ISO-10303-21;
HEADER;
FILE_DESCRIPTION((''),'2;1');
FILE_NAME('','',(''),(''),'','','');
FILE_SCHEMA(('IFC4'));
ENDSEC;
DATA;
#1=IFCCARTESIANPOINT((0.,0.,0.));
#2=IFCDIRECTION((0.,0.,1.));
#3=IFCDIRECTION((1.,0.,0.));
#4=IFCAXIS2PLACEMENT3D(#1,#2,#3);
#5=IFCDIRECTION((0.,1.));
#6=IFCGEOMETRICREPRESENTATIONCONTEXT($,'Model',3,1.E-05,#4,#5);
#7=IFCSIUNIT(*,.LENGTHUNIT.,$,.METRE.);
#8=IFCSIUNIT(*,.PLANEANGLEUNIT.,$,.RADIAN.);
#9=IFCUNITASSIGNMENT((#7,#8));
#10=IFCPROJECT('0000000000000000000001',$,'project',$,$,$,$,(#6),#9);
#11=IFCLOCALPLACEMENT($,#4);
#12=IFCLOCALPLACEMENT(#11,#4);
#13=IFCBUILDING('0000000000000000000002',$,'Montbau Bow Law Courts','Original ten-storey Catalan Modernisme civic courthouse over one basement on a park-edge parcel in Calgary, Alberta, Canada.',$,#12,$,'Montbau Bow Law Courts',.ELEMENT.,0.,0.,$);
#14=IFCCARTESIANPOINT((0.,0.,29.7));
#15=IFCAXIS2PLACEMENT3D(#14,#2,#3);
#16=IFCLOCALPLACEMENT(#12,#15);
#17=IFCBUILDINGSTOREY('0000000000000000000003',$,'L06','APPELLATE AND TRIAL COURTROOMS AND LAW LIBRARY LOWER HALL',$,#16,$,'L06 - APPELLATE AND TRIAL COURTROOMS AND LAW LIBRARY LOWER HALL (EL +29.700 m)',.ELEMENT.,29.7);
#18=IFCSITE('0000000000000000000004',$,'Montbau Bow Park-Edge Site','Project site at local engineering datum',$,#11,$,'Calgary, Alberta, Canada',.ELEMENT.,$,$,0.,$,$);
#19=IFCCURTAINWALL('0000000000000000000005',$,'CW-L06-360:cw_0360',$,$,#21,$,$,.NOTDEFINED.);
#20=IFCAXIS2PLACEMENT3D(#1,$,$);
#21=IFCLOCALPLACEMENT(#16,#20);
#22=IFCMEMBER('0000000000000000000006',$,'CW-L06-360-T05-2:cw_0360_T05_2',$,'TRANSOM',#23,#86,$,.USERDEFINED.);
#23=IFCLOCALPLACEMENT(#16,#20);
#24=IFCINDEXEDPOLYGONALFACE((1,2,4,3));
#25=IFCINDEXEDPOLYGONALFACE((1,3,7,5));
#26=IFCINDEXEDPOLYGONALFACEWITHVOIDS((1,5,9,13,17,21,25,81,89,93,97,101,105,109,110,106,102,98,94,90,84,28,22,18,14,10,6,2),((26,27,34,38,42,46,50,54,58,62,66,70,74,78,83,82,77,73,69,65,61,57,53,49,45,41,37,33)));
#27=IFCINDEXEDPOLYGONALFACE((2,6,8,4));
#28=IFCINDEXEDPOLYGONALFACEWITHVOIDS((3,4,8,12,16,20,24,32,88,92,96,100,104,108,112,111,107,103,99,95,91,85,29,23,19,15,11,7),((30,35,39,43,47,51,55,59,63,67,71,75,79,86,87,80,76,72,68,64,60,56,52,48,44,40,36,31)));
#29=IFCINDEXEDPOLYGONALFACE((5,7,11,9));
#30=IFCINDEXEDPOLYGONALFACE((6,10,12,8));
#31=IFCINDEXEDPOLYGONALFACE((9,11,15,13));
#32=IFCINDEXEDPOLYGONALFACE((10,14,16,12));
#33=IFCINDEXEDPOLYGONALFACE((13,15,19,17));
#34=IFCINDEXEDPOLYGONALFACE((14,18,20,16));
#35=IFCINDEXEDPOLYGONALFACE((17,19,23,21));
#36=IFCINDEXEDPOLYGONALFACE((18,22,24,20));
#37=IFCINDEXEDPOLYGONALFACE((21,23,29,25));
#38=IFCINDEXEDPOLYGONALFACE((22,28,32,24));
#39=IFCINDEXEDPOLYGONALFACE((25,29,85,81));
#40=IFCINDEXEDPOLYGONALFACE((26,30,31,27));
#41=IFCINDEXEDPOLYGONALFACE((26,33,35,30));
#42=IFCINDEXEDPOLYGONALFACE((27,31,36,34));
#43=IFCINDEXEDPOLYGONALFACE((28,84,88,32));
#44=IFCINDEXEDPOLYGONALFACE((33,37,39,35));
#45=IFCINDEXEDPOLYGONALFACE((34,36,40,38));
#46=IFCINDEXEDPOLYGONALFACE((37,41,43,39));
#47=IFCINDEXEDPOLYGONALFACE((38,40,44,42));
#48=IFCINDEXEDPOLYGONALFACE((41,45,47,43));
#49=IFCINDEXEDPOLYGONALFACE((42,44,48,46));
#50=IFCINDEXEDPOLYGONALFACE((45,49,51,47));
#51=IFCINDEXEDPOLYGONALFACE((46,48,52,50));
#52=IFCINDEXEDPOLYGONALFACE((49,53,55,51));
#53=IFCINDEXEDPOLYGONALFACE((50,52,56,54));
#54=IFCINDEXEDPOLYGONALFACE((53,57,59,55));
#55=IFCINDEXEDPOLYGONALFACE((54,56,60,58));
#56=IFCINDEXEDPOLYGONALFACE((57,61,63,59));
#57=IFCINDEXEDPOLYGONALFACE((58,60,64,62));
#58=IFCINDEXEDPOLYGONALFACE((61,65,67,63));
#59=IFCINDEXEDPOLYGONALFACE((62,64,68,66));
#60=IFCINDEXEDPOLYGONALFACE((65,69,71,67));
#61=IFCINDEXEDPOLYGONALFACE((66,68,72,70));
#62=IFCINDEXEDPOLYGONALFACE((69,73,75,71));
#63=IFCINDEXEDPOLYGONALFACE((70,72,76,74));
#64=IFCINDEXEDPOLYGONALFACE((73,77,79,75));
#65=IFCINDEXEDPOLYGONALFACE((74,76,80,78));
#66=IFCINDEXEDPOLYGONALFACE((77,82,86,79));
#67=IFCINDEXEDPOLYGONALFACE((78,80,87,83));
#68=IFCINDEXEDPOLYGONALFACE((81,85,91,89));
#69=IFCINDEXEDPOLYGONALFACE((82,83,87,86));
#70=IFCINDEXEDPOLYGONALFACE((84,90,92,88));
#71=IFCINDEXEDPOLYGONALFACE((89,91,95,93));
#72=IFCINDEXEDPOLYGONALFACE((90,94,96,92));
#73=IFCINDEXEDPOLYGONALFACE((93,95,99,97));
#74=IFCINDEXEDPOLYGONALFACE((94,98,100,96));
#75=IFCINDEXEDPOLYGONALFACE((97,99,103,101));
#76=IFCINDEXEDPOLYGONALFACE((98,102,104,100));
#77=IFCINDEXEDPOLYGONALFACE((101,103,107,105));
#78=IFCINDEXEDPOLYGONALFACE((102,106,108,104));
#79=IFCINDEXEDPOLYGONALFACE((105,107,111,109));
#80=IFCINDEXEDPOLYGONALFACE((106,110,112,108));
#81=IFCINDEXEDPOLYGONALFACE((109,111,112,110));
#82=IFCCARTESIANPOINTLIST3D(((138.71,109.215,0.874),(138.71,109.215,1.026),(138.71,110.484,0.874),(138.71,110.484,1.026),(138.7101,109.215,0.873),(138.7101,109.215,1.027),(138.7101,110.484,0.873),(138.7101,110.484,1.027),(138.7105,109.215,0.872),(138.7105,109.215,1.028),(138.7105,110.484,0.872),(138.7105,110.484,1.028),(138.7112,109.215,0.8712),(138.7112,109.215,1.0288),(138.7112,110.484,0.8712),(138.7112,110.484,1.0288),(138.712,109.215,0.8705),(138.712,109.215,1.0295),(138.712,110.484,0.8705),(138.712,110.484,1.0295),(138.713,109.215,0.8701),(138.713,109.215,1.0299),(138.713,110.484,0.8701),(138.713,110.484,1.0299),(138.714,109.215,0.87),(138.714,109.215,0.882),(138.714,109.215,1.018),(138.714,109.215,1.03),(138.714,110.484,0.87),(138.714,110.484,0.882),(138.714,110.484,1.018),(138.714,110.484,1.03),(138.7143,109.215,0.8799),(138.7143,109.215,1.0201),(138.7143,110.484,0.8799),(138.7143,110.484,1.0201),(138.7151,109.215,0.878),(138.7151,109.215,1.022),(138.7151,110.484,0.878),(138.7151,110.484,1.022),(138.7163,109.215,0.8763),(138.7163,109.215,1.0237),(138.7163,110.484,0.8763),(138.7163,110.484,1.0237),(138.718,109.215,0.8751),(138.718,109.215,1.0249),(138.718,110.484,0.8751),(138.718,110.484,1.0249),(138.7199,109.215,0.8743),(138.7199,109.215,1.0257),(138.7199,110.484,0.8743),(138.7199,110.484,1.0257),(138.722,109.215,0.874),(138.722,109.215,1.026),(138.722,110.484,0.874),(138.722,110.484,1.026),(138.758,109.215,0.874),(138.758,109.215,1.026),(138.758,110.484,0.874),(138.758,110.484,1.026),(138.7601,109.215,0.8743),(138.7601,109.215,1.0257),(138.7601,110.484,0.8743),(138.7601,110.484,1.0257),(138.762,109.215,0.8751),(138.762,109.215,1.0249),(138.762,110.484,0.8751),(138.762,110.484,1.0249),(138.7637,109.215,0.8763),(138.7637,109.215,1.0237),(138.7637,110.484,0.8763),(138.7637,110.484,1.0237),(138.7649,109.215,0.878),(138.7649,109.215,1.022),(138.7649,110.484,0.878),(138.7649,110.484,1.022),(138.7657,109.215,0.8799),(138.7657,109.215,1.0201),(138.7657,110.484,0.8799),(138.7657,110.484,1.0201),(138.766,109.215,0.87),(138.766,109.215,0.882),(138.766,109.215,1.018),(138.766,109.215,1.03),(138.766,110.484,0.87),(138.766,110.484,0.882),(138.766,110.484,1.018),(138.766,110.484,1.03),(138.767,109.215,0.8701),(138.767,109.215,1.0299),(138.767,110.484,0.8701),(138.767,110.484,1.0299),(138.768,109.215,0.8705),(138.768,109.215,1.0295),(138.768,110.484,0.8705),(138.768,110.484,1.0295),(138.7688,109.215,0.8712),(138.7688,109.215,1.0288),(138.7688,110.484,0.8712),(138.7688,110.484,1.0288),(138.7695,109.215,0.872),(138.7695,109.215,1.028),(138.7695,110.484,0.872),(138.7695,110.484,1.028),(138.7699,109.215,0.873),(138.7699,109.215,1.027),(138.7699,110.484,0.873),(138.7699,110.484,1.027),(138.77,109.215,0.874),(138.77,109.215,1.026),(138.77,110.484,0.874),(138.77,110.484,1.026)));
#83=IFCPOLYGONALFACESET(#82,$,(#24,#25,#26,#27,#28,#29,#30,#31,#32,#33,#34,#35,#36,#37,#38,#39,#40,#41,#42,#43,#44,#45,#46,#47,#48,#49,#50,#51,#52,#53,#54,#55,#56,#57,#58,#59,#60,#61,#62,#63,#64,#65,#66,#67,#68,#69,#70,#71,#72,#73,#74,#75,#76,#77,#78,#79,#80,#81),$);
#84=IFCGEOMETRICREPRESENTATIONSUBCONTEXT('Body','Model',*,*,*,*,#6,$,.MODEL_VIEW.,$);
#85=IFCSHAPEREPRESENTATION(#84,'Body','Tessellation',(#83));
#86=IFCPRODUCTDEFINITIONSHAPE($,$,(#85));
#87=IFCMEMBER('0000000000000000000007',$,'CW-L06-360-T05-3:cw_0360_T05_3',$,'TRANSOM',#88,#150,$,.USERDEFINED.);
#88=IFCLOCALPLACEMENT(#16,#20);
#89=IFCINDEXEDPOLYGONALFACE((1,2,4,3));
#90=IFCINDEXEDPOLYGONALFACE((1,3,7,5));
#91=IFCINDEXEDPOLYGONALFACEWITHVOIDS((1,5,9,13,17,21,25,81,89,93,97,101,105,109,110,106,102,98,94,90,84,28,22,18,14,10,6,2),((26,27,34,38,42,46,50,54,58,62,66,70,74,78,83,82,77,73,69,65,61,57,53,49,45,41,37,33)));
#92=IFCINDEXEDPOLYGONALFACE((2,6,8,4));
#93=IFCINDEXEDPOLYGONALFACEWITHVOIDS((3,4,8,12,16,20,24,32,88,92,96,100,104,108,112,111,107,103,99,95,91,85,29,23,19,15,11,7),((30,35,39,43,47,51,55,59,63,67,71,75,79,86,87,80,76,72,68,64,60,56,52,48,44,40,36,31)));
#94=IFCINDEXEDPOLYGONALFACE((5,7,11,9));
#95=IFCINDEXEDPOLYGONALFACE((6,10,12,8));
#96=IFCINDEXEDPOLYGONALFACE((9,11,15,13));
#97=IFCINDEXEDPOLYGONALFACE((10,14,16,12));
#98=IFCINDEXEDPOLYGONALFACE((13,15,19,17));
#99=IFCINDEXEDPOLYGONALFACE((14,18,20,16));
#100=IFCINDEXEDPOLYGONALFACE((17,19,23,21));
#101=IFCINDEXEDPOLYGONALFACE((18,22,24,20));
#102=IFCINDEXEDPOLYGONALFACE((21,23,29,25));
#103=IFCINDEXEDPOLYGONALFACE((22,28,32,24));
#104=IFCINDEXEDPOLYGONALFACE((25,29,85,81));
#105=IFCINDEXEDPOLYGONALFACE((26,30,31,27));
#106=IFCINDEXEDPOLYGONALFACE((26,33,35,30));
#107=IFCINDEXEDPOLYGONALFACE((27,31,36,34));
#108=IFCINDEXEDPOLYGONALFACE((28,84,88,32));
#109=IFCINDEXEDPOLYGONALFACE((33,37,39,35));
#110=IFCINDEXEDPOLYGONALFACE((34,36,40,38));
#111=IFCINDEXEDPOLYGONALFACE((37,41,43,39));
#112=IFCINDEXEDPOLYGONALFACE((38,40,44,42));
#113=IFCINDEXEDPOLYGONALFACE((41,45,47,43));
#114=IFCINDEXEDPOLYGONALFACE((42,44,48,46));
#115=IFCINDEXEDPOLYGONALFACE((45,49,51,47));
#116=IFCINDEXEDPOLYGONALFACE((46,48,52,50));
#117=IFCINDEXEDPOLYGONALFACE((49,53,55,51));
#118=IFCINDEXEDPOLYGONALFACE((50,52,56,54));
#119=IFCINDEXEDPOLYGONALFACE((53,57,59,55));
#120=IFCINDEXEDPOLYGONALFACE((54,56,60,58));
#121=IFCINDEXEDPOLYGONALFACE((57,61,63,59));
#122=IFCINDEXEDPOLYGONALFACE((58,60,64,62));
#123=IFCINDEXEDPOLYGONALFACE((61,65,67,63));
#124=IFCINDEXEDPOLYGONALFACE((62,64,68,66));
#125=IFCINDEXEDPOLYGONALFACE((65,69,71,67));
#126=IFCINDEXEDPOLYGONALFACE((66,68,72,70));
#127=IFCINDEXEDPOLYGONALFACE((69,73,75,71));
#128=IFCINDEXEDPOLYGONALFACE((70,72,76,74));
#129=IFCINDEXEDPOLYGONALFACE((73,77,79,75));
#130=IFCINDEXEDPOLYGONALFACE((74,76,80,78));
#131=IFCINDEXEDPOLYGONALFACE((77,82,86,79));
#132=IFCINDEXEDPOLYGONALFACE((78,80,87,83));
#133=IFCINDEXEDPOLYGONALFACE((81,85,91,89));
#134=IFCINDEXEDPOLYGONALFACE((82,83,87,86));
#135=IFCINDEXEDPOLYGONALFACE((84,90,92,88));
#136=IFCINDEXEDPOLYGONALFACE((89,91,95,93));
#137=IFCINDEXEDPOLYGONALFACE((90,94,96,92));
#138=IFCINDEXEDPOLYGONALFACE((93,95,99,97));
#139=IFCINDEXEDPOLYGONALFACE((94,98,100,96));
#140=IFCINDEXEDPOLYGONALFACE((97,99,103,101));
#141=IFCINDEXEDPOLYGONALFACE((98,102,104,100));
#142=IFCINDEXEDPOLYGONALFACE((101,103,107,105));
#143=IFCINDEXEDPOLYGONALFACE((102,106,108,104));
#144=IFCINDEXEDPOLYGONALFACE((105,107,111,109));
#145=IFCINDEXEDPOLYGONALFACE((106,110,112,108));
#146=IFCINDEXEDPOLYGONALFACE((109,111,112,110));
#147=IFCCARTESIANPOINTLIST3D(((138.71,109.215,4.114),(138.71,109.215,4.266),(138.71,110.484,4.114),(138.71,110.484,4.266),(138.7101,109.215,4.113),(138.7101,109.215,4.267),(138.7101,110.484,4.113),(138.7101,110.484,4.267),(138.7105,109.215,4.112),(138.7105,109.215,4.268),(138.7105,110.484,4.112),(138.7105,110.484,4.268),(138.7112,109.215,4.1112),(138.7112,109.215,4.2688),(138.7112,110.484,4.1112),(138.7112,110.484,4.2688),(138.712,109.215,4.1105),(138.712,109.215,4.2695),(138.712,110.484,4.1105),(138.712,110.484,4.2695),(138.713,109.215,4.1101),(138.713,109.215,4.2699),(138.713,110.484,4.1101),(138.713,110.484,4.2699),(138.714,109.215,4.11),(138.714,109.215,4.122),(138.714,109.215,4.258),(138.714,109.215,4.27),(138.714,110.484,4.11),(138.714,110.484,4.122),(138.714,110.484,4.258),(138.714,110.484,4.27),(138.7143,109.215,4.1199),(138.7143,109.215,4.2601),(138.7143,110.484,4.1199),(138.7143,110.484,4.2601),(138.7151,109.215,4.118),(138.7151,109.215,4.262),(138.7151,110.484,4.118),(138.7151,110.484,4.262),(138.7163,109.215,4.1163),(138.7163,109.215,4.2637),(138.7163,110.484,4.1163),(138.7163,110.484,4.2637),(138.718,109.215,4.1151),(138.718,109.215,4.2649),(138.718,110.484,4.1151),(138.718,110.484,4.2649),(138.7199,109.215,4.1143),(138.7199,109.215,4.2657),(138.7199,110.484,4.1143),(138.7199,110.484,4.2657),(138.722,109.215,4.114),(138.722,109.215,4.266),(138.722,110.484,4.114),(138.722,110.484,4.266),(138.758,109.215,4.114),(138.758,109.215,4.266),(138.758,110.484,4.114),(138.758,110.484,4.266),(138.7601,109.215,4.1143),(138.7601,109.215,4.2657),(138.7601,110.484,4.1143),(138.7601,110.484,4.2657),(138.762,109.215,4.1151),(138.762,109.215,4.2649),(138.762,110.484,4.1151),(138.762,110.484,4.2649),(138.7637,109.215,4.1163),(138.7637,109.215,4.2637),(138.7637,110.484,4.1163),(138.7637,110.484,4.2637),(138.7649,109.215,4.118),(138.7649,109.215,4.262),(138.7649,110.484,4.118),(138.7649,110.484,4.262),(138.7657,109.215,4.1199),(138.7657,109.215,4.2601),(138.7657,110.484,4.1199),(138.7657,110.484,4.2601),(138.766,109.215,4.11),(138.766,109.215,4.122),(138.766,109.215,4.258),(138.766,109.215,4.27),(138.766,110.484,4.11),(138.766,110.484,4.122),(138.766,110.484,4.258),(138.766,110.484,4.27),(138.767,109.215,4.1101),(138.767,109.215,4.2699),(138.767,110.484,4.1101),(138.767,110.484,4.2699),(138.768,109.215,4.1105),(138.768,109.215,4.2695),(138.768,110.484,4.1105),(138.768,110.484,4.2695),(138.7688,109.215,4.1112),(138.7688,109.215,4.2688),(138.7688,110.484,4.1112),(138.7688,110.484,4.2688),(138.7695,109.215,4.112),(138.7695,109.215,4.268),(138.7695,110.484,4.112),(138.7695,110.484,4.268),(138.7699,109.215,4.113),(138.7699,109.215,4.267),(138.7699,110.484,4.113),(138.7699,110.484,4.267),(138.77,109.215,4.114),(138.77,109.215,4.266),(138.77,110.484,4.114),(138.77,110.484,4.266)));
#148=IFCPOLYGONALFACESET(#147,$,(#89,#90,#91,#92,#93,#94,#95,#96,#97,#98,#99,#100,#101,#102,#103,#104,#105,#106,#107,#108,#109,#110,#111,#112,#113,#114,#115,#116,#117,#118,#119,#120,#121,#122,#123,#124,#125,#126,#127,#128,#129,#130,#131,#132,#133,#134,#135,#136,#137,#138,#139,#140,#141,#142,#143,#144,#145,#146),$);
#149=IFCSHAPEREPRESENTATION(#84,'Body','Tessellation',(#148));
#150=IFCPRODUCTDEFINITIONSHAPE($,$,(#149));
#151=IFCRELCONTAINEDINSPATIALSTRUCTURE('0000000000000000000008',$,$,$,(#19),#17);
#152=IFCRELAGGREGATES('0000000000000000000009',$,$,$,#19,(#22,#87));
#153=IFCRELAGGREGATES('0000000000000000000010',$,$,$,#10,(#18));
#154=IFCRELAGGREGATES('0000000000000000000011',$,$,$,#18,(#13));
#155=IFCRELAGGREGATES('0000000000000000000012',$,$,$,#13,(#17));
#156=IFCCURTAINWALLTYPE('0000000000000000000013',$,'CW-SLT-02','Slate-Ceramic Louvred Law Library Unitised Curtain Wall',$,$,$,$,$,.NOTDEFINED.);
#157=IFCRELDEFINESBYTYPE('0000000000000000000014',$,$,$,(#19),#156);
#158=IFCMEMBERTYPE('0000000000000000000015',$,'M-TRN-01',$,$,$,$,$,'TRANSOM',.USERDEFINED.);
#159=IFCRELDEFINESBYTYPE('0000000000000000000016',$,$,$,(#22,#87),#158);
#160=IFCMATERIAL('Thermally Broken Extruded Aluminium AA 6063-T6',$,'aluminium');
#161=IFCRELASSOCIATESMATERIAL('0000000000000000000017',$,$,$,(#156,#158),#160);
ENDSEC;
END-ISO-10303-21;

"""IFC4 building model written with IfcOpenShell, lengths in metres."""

from ifc_helpers import new_model, si_unit, direction, frame, origin_with_axes, origin_2d_with_axis, place, context, subcontext, project, spatial, hollow_rectangle, extrude, material, material_profile, profile_set, type_object, element, aggregate, save


model = new_model("IFC4")

# Units and contexts
model_context = context("Model", 3, precision=1e-05, world=origin_with_axes(), true_north=direction((0.0, 1.0)))
body_context = subcontext(model_context, "Body", "Model", "MODEL_VIEW")
ifc_project = project(units=[si_unit("LENGTHUNIT", "METRE"), si_unit("PLANEANGLEUNIT", "RADIAN")], contexts=[model_context])

# Site, building, storey
site_placement = place(None, origin_with_axes())
site = spatial("IfcSite", under=ifc_project, at=site_placement, Name="Montbau Bow Park-Edge Site", Description="Project site at local engineering datum", LongName="Calgary, Alberta, Canada", CompositionType="ELEMENT", RefElevation=0.0)
building_placement = place(site_placement, origin_with_axes())
building = spatial("IfcBuilding", under=site, at=building_placement, Name="Montbau Bow Law Courts", Description="Original ten-storey Catalan Modernisme civic courthouse over one basement on a park-edge parcel in Calgary, Alberta, Canada.", LongName="Montbau Bow Law Courts", CompositionType="ELEMENT", ElevationOfRefHeight=0.0, ElevationOfTerrain=0.0)
storey_placement = place(building_placement, frame((0.0, 0.0, 29.7), z_axis=(0.0, 0.0, 1.0), x_axis=(1.0, 0.0, 0.0)))
storey = spatial("IfcBuildingStorey", under=building, at=storey_placement, Name="L06", Description="APPELLATE AND TRIAL COURTROOMS AND LAW LIBRARY LOWER HALL", LongName="L06 - APPELLATE AND TRIAL COURTROOMS AND LAW LIBRARY LOWER HALL (EL +29.700 m)", CompositionType="ELEMENT", Elevation=29.7)

# Curtain wall
ifc_material_1 = material(Name="Thermally Broken Extruded Aluminium AA 6063-T6", Category="aluminium")
curtain_wall_type = type_object("IfcCurtainWallType", Name="CW-SLT-02", Description="Slate-Ceramic Louvred Law Library Unitised Curtain Wall", PredefinedType="NOTDEFINED", material=ifc_material_1)
curtain_wall_1_placement = place(None, frame((138.74, 103.64, 29.7), z_axis=(0.0, 0.0, 1.0), x_axis=(1.0, 0.0, 0.0)))
curtain_wall_1 = element("IfcCurtainWall", 1, at=curtain_wall_1_placement, inside=storey, type_object=curtain_wall_type, Name="CW-L06-360:cw_0360", PredefinedType="NOTDEFINED")

# Members
ifc_material_profile_1 = material_profile(ifc_material_1, hollow_rectangle(XDim=0.06, YDim=0.16, WallThickness=0.004, InnerFilletRadius=0.008, OuterFilletRadius=0.004, at=origin_2d_with_axis()), Name="CWT-160X60", Category="Main", Priority=0)
ifc_profile_set_1 = profile_set([ifc_material_profile_1], Name="Thermally Broken Extruded Aluminium AA 6063-T6")
member_type_1 = type_object("IfcMemberType", Name="M-TRN-01", ElementType="TRANSOM", PredefinedType="USERDEFINED", material=ifc_profile_set_1)
member_1_placement = place(None, frame((138.74, 109.215, 30.65), z_axis=(0.0, 1.0, 0.0), x_axis=(-1.0, 0.0, 0.0)))
member_1 = element("IfcMember", 2, at=member_1_placement, type_object=member_type_1, Name="CW-L06-360-T05-2:cw_0360_T05_2", ObjectType="TRANSOM", PredefinedType="USERDEFINED", context=body_context, shape_type="SweptSolid", body=[
    extrude(hollow_rectangle(XDim=0.06, YDim=0.16, WallThickness=0.004, InnerFilletRadius=0.008, OuterFilletRadius=0.004, at=origin_2d_with_axis()), origin_with_axes(), (0.0, 0.0, 1.0), 1.269),
])
member_2_placement = place(None, frame((138.74, 109.215, 33.89), z_axis=(0.0, 1.0, 0.0), x_axis=(-1.0, 0.0, 0.0)))
member_2 = element("IfcMember", 3, at=member_2_placement, type_object=member_type_1, Name="CW-L06-360-T05-3:cw_0360_T05_3", ObjectType="TRANSOM", PredefinedType="USERDEFINED", context=body_context, shape_type="SweptSolid", body=[
    extrude(hollow_rectangle(XDim=0.06, YDim=0.16, WallThickness=0.004, InnerFilletRadius=0.008, OuterFilletRadius=0.004, at=origin_2d_with_axis()), origin_with_axes(), (0.0, 0.0, 1.0), 1.269),
])

aggregate(curtain_wall_1, [member_1, member_2])

save(model, "model.ifc")
